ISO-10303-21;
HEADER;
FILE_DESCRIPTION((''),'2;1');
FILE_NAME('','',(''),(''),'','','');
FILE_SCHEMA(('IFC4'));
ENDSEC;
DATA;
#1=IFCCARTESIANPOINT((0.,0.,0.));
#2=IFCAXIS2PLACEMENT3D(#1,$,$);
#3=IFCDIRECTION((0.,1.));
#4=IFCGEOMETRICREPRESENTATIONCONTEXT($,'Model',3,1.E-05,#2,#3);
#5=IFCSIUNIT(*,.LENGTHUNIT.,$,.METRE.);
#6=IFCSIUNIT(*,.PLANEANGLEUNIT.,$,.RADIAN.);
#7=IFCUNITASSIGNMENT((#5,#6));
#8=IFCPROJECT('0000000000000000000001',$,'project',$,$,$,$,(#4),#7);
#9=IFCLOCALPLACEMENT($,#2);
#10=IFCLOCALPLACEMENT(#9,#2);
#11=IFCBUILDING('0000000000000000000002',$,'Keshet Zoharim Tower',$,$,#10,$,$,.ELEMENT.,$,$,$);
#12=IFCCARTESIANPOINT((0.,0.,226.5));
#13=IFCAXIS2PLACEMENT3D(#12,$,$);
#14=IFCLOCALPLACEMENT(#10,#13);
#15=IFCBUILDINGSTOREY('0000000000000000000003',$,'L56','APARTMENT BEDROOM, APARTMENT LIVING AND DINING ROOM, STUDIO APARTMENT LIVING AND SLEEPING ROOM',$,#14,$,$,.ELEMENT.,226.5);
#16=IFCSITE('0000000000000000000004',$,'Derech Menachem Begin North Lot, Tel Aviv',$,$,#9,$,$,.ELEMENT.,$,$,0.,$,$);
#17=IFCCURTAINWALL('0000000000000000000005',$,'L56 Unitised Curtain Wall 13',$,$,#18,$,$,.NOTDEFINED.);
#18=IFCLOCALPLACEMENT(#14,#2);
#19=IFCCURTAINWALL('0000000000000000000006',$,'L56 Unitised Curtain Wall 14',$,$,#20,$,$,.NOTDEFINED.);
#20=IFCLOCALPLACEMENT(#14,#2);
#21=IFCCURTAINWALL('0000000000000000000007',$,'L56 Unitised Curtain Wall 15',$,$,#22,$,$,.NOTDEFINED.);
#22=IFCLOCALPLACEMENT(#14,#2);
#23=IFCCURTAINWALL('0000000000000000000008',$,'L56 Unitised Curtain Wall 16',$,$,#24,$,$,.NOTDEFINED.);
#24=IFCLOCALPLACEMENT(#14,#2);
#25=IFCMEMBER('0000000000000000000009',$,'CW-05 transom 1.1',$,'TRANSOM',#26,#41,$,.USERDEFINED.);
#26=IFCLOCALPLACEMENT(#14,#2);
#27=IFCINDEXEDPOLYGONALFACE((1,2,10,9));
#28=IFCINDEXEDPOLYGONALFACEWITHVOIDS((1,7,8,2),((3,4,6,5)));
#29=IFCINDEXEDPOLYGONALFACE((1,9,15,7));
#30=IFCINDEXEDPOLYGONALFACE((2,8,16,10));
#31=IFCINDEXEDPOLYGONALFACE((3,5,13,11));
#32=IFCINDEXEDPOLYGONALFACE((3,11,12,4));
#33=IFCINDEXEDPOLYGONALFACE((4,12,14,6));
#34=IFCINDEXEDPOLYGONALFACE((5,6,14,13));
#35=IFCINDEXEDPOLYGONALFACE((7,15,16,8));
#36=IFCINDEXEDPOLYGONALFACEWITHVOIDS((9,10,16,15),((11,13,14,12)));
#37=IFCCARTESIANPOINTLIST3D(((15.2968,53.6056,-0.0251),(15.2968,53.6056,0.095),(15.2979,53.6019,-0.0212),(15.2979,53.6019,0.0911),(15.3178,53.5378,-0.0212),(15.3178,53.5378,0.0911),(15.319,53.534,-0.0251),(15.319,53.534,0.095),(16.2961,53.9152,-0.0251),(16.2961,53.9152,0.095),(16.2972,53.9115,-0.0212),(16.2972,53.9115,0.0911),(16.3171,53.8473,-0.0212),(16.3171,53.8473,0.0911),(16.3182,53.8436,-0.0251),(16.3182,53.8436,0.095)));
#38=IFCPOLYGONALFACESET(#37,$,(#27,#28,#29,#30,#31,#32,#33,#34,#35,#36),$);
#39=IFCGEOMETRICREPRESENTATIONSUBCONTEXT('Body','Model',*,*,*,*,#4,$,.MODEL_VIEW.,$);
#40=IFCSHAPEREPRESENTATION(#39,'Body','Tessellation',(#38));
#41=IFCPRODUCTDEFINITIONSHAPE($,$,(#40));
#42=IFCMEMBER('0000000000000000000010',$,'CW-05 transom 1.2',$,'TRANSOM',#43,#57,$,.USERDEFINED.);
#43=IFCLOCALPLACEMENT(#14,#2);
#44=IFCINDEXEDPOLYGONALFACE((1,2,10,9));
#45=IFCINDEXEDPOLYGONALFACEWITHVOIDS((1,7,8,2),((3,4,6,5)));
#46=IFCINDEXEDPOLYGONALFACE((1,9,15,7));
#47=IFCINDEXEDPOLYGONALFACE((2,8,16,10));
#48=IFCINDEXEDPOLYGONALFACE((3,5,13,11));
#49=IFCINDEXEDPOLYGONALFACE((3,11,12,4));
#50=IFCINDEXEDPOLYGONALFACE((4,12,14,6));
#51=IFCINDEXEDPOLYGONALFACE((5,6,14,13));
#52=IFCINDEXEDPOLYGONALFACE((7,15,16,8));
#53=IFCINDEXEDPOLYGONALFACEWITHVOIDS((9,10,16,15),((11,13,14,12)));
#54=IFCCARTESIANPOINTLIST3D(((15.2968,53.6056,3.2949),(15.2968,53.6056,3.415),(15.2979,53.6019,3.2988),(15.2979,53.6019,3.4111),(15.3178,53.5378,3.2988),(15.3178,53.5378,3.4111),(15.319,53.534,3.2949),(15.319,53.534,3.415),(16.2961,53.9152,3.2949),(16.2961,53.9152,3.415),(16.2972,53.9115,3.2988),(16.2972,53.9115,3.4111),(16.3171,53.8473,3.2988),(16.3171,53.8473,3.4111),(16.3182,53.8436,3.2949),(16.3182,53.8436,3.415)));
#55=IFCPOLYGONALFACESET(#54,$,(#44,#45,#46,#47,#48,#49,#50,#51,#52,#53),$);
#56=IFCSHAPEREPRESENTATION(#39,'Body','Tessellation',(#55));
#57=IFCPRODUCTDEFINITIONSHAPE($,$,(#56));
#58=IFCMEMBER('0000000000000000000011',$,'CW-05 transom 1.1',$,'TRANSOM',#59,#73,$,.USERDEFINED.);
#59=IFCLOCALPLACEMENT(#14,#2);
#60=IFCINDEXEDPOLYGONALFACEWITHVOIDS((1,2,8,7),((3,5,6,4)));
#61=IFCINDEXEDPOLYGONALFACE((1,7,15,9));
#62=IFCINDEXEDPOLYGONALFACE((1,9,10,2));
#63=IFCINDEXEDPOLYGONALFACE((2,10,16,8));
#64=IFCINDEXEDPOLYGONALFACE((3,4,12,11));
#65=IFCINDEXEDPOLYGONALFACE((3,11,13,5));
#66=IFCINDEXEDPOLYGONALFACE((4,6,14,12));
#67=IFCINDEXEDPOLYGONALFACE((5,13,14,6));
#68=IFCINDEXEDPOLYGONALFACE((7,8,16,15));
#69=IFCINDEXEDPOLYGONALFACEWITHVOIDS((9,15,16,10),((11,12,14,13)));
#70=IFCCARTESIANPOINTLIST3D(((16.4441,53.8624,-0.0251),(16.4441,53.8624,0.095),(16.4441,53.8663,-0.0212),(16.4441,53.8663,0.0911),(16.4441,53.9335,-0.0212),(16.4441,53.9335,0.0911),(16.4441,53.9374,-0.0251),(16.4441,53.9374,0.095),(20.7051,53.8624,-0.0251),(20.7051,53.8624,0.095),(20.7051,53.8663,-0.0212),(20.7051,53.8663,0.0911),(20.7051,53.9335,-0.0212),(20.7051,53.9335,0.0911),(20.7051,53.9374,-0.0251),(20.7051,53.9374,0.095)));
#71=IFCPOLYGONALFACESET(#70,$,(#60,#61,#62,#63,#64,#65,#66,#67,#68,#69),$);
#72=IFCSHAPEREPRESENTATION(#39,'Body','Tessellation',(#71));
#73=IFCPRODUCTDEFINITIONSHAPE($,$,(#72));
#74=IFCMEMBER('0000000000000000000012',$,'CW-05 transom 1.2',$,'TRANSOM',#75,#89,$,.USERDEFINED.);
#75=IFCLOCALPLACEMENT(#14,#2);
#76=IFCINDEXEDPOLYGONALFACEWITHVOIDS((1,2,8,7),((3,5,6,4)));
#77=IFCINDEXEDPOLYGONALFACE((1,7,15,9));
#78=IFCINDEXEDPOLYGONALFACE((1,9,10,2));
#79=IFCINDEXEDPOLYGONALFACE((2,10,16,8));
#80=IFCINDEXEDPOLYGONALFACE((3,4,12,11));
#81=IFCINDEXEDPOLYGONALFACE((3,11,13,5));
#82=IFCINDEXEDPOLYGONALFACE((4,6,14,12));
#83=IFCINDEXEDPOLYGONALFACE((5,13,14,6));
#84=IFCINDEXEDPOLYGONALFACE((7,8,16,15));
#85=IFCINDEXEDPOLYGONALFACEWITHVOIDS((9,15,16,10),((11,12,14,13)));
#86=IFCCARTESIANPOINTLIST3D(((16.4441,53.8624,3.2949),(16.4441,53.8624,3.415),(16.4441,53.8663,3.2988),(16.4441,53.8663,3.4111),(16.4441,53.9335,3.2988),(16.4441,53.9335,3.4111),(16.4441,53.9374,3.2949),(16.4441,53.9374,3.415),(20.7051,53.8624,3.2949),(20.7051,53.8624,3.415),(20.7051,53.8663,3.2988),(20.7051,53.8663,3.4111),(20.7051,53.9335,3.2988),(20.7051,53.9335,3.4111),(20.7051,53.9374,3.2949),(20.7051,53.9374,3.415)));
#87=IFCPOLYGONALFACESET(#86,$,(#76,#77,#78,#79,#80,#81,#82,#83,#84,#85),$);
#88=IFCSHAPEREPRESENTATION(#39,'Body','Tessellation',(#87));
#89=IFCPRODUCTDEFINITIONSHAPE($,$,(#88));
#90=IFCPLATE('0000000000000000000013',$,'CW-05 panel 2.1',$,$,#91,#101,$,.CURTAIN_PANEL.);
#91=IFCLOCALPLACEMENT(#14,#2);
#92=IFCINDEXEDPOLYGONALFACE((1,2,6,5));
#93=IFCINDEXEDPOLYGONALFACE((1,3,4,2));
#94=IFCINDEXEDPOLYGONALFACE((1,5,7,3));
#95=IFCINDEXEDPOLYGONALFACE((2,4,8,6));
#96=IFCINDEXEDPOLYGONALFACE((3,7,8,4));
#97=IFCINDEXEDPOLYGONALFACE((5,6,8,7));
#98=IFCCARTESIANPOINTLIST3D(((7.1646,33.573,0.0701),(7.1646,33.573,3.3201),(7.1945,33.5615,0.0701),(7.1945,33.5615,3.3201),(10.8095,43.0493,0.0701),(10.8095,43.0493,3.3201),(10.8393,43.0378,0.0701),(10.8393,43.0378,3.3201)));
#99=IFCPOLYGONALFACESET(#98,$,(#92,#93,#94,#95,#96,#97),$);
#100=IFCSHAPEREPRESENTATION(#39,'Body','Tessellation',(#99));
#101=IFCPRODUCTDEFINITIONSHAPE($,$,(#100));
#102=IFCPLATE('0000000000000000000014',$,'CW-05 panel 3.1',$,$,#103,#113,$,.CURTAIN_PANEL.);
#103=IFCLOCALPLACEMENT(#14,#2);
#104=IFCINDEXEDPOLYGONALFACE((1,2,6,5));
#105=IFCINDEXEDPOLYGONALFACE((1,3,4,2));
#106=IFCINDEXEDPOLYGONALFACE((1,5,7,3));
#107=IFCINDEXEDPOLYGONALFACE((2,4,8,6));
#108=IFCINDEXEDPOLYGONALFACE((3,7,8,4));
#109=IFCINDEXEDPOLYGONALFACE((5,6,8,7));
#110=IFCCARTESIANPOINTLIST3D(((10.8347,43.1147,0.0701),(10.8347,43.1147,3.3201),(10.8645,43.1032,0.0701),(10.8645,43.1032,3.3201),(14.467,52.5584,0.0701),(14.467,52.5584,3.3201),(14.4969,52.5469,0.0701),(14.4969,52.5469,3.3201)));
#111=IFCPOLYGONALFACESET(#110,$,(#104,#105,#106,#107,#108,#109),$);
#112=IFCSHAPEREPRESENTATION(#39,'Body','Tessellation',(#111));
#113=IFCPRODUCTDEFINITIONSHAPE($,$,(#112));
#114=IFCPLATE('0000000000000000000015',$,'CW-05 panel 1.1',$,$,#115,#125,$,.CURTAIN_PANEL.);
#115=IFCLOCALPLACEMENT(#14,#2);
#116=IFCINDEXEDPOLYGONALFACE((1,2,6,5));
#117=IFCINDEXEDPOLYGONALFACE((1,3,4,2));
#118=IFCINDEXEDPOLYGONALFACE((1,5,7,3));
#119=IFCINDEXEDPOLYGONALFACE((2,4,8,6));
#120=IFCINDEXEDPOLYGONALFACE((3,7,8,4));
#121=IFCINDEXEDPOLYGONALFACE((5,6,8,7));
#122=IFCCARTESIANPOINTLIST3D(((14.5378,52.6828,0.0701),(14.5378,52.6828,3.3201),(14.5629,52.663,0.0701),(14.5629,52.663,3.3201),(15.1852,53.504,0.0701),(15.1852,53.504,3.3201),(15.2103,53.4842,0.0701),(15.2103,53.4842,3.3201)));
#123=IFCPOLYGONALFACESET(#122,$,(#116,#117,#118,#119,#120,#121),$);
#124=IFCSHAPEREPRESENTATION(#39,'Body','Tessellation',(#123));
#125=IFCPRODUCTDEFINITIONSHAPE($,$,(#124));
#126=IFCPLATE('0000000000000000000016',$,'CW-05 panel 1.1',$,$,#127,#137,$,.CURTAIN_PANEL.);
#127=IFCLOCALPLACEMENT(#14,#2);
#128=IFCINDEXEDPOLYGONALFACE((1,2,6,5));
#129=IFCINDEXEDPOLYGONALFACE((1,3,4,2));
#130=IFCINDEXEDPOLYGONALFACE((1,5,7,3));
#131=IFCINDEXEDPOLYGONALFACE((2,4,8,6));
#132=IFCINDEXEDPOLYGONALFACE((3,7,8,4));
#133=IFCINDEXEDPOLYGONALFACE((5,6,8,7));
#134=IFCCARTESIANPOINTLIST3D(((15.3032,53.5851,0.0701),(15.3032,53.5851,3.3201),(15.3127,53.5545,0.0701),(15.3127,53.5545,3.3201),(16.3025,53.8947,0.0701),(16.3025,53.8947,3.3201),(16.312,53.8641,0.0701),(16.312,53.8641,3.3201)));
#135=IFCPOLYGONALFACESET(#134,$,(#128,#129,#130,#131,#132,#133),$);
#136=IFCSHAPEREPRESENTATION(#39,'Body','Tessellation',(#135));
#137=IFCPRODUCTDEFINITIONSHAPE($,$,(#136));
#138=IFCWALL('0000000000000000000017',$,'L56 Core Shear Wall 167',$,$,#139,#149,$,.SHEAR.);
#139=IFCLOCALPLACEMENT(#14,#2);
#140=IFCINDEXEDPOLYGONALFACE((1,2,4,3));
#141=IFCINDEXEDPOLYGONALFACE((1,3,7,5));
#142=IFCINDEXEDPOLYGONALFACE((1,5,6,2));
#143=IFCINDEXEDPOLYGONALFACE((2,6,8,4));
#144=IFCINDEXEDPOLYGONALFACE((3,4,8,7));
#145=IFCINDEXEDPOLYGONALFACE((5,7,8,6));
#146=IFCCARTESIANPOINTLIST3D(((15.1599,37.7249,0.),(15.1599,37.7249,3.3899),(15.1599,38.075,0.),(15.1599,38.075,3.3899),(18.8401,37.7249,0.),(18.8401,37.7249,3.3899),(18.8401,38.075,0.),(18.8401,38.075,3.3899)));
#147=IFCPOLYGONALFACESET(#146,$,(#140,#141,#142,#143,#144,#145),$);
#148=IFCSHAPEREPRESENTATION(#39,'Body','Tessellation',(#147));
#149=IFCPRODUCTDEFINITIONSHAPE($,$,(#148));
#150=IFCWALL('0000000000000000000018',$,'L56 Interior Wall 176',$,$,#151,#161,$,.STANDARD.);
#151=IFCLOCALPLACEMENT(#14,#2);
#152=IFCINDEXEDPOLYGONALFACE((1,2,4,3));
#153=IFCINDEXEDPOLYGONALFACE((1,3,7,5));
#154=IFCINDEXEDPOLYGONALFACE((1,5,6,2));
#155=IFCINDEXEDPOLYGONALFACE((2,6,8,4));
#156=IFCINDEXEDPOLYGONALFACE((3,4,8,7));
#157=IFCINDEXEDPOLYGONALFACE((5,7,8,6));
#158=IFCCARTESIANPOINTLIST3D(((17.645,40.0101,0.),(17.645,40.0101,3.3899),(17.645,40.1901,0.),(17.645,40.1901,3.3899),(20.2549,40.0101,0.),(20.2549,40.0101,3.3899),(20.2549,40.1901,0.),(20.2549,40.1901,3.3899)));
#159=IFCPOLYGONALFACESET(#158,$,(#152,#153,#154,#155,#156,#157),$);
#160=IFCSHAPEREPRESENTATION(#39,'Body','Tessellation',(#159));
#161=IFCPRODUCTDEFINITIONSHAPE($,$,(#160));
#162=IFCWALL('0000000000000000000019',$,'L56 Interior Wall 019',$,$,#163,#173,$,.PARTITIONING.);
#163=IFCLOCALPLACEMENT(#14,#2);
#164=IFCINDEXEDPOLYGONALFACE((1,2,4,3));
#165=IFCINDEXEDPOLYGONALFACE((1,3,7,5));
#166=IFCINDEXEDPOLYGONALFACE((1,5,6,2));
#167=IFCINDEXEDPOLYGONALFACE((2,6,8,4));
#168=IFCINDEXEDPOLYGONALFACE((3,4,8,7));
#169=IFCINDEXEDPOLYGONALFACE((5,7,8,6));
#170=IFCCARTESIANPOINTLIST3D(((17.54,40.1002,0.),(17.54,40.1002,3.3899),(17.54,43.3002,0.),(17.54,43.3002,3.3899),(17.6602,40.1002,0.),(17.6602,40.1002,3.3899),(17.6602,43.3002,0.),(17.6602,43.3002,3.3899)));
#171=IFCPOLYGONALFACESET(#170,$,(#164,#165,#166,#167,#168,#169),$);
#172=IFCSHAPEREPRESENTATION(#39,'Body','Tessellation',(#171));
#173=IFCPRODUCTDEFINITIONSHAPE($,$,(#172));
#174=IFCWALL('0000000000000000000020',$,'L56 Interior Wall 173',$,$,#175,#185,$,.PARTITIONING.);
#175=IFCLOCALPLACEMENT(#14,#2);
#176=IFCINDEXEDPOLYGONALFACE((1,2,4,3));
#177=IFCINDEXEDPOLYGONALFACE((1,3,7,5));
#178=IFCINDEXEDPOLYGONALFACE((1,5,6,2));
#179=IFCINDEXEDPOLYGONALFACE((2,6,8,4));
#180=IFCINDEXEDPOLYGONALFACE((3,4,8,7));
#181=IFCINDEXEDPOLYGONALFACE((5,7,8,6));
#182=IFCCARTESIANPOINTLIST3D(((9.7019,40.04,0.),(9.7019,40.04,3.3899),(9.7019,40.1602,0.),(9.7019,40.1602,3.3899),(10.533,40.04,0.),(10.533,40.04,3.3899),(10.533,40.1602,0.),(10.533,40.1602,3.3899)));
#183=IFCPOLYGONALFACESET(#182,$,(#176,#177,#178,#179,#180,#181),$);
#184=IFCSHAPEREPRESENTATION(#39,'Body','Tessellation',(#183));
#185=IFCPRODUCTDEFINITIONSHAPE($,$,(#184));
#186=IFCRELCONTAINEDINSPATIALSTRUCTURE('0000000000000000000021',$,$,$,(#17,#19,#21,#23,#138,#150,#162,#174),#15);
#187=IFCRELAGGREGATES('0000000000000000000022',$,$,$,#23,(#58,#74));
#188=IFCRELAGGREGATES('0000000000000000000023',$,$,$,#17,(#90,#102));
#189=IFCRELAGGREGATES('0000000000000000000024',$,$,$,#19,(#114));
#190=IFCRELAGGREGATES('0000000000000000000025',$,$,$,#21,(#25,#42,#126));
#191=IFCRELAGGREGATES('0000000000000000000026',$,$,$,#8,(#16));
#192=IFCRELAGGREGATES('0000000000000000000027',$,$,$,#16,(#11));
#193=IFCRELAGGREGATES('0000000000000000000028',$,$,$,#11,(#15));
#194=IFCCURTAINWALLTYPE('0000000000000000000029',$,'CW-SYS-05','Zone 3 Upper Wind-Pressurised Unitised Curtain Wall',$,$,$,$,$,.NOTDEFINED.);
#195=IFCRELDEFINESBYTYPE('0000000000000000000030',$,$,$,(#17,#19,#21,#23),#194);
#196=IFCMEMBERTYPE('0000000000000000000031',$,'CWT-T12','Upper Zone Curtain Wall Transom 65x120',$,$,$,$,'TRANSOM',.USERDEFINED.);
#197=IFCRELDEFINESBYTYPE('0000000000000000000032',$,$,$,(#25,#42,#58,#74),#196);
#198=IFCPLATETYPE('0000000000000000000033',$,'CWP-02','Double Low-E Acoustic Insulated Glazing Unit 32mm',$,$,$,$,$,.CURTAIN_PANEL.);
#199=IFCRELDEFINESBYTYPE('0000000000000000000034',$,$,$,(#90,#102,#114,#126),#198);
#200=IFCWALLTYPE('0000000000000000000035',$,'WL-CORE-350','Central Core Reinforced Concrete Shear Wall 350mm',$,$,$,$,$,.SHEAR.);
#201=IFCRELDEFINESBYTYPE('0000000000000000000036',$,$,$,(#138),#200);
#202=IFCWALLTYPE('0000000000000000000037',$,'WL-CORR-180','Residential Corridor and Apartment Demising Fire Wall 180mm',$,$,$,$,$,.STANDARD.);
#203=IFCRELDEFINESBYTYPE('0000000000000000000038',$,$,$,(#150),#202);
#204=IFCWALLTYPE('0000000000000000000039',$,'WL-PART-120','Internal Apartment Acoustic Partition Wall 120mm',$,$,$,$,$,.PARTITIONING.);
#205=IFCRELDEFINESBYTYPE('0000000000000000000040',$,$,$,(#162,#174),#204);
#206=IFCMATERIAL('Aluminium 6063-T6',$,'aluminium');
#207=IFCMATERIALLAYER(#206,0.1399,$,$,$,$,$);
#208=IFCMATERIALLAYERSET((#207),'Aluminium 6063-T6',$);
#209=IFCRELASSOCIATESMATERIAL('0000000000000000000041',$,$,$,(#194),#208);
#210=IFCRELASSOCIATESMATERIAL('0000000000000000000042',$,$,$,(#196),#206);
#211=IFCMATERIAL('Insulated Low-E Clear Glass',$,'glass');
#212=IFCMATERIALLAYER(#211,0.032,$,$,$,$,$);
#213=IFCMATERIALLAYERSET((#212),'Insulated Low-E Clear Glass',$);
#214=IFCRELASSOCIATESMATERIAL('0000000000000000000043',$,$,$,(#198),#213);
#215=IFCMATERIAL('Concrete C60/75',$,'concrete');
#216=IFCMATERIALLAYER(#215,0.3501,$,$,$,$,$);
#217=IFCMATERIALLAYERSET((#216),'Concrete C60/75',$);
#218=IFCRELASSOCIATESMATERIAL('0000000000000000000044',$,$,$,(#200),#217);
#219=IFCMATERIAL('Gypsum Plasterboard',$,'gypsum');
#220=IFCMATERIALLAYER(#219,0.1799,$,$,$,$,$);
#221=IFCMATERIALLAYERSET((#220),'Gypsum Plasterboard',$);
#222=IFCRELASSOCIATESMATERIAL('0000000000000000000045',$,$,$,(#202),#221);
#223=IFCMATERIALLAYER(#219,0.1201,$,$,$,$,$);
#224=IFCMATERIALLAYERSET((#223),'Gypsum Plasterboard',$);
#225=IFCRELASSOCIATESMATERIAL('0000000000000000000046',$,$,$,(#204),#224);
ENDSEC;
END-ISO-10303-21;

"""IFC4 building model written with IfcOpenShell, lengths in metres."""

from ifc_helpers import new_model, si_unit, direction, frame, frame_2d, origin, origin_2d, place, context, subcontext, project, spatial, rectangle, hollow_rectangle, extrude, material, layer, layer_set, material_profile, profile_set, type_object, element, aggregate, save


model = new_model("IFC4")

# Units and contexts
model_context = context("Model", 3, precision=1e-05, world=origin(), true_north=direction((0.0, 1.0)))
body_context = subcontext(model_context, "Body", "Model", "MODEL_VIEW")
ifc_project = project(units=[si_unit("LENGTHUNIT", "METRE"), si_unit("PLANEANGLEUNIT", "RADIAN")], contexts=[model_context])

# Site, building, storey
site_placement = place(None, origin())
site = spatial("IfcSite", under=ifc_project, at=site_placement, Name="Derech Menachem Begin North Lot, Tel Aviv", CompositionType="ELEMENT", RefElevation=0.0)
building_placement = place(site_placement, origin())
building = spatial("IfcBuilding", under=site, at=building_placement, Name="Keshet Zoharim Tower", CompositionType="ELEMENT")
storey_placement = place(building_placement, frame((0.0, 0.0, 226.5)))
storey = spatial("IfcBuildingStorey", under=building, at=storey_placement, Name="L56", Description="APARTMENT BEDROOM, APARTMENT LIVING AND DINING ROOM, STUDIO APARTMENT LIVING AND SLEEPING ROOM", CompositionType="ELEMENT", Elevation=226.5)

# Curtain walls
ifc_material_1 = material(Name="Aluminium 6063-T6", Category="aluminium")
ifc_layer_1 = layer(ifc_material_1, 0.1399)
ifc_layer_set_1 = layer_set([ifc_layer_1], Name="Aluminium 6063-T6")
curtain_wall_type = type_object("IfcCurtainWallType", Name="CW-SYS-05", Description="Zone 3 Upper Wind-Pressurised Unitised Curtain Wall", PredefinedType="NOTDEFINED", material=ifc_layer_set_1)
curtain_wall_1_placement = place(storey_placement, origin())
curtain_wall_1 = element("IfcCurtainWall", 1, at=curtain_wall_1_placement, inside=storey, type_object=curtain_wall_type, Name="L56 Unitised Curtain Wall 13", PredefinedType="NOTDEFINED")
curtain_wall_2_placement = place(storey_placement, origin())
curtain_wall_2 = element("IfcCurtainWall", 2, at=curtain_wall_2_placement, inside=storey, type_object=curtain_wall_type, Name="L56 Unitised Curtain Wall 14", PredefinedType="NOTDEFINED")
curtain_wall_3_placement = place(storey_placement, origin())
curtain_wall_3 = element("IfcCurtainWall", 3, at=curtain_wall_3_placement, inside=storey, type_object=curtain_wall_type, Name="L56 Unitised Curtain Wall 15", PredefinedType="NOTDEFINED")

# Curtain wall
curtain_wall_4_placement = place(storey_placement, origin())
curtain_wall_4 = element("IfcCurtainWall", 4, at=curtain_wall_4_placement, inside=storey, type_object=curtain_wall_type, Name="L56 Unitised Curtain Wall 16", PredefinedType="NOTDEFINED")

# Members
ifc_material_profile_1 = material_profile(ifc_material_1, hollow_rectangle(XDim=0.075, YDim=0.1201, WallThickness=0.0039, at=origin_2d()), Name="TRN-75x120")
ifc_profile_set_1 = profile_set([ifc_material_profile_1], Name="Aluminium 6063-T6")
member_type_1 = type_object("IfcMemberType", Name="CWT-T12", Description="Upper Zone Curtain Wall Transom 65x120", ElementType="TRANSOM", PredefinedType="USERDEFINED", material=ifc_profile_set_1)
member_1_placement = place(storey_placement, frame((15.3079, 53.5698, 0.0349), z_axis=(0.955212, 0.295922, 0.0), x_axis=(-0.295922, 0.955212, 0.0)))
member_1 = element("IfcMember", 5, at=member_1_placement, type_object=member_type_1, Name="CW-05 transom 1.1", ObjectType="TRANSOM", PredefinedType="USERDEFINED", context=body_context, shape_type="SweptSolid", body=[
    extrude(hollow_rectangle(XDim=0.075, YDim=0.1201, WallThickness=0.0039, at=origin_2d()), origin(), (0.0, 0.0, 1.0), 1.0461),
])
member_2_placement = place(storey_placement, frame((15.3079, 53.5698, 3.355), z_axis=(0.955212, 0.295922, 0.0), x_axis=(-0.295922, 0.955212, 0.0)))
member_2 = element("IfcMember", 6, at=member_2_placement, type_object=member_type_1, Name="CW-05 transom 1.2", ObjectType="TRANSOM", PredefinedType="USERDEFINED", context=body_context, shape_type="SweptSolid", body=[
    extrude(hollow_rectangle(XDim=0.075, YDim=0.1201, WallThickness=0.0039, at=origin_2d()), origin(), (0.0, 0.0, 1.0), 1.0461),
])
member_3_placement = place(storey_placement, frame((16.4441, 53.8999, 0.0349), z_axis=(1.0, 0.0, 0.0), x_axis=(0.0, 1.0, 0.0)))
member_3 = element("IfcMember", 7, at=member_3_placement, type_object=member_type_1, Name="CW-05 transom 1.1", ObjectType="TRANSOM", PredefinedType="USERDEFINED", context=body_context, shape_type="SweptSolid", body=[
    extrude(hollow_rectangle(XDim=0.075, YDim=0.1201, WallThickness=0.0039, at=origin_2d()), origin(), (0.0, 0.0, 1.0), 4.261),
])
member_4_placement = place(storey_placement, frame((16.4441, 53.8999, 3.355), z_axis=(1.0, 0.0, 0.0), x_axis=(0.0, 1.0, 0.0)))
member_4 = element("IfcMember", 8, at=member_4_placement, type_object=member_type_1, Name="CW-05 transom 1.2", ObjectType="TRANSOM", PredefinedType="USERDEFINED", context=body_context, shape_type="SweptSolid", body=[
    extrude(hollow_rectangle(XDim=0.075, YDim=0.1201, WallThickness=0.0039, at=origin_2d()), origin(), (0.0, 0.0, 1.0), 4.261),
])
aggregate(curtain_wall_4, [member_3, member_4])

# Plates
ifc_material_2 = material(Name="Insulated Low-E Clear Glass", Category="glass")
ifc_layer_2 = layer(ifc_material_2, 0.032)
ifc_layer_set_2 = layer_set([ifc_layer_2], Name="Insulated Low-E Clear Glass")
plate_type = type_object("IfcPlateType", Name="CWP-02", Description="Double Low-E Acoustic Insulated Glazing Unit 32mm", PredefinedType="CURTAIN_PANEL", material=ifc_layer_set_2)
plate_1_placement = place(storey_placement, frame((9.002, 38.3054, 0.0701), z_axis=(0.0, 0.0, 1.0), x_axis=(0.35899, 0.933341, 0.0)))
plate_1 = element("IfcPlate", 9, at=plate_1_placement, type_object=plate_type, Name="CW-05 panel 2.1", PredefinedType="CURTAIN_PANEL", context=body_context, shape_type="SweptSolid", body=[
    extrude(rectangle(XDim=10.1531, YDim=0.032, at=origin_2d()), origin(), (0.0, 0.0, 1.0), 3.25),
])
plate_2_placement = place(storey_placement, frame((12.6658, 47.8308, 0.0701), z_axis=(0.0, 0.0, 1.0), x_axis=(0.35899, 0.933341, 0.0)))
plate_2 = element("IfcPlate", 10, at=plate_2_placement, type_object=plate_type, Name="CW-05 panel 3.1", PredefinedType="CURTAIN_PANEL", context=body_context, shape_type="SweptSolid", body=[
    extrude(rectangle(XDim=10.1182, YDim=0.032, at=origin_2d()), origin(), (0.0, 0.0, 1.0), 3.25),
])
aggregate(curtain_wall_1, [plate_1, plate_2])
plate_3_placement = place(storey_placement, frame((14.874, 53.0835, 0.0701), z_axis=(0.0, 0.0, 1.0), x_axis=(0.619125, 0.785293, 0.0)))
plate_3 = element("IfcPlate", 11, at=plate_3_placement, type_object=plate_type, Name="CW-05 panel 1.1", PredefinedType="CURTAIN_PANEL", context=body_context, shape_type="SweptSolid", body=[
    extrude(rectangle(XDim=1.0457, YDim=0.032, at=origin_2d()), origin(), (0.0, 0.0, 1.0), 3.25),
])
aggregate(curtain_wall_2, [plate_3])
plate_4_placement = place(storey_placement, frame((15.8076, 53.7246, 0.0701), z_axis=(0.0, 0.0, 1.0), x_axis=(0.955212, 0.295922, 0.0)))
plate_4 = element("IfcPlate", 12, at=plate_4_placement, type_object=plate_type, Name="CW-05 panel 1.1", PredefinedType="CURTAIN_PANEL", context=body_context, shape_type="SweptSolid", body=[
    extrude(rectangle(XDim=1.0461, YDim=0.032, at=origin_2d()), origin(), (0.0, 0.0, 1.0), 3.25),
])
aggregate(curtain_wall_3, [member_1, member_2, plate_4])

# Wall
ifc_material_3 = material(Name="Concrete C60/75", Category="concrete")
ifc_layer_3 = layer(ifc_material_3, 0.3501)
ifc_layer_set_3 = layer_set([ifc_layer_3], Name="Concrete C60/75")
wall_type_1 = type_object("IfcWallType", Name="WL-CORE-350", Description="Central Core Reinforced Concrete Shear Wall 350mm", PredefinedType="SHEAR", material=ifc_layer_set_3)
wall_1_placement = place(storey_placement, frame((15.1599, 37.8999, 0.0), z_axis=(0.0, 0.0, 1.0), x_axis=(1.0, 0.0, 0.0)))
element("IfcWall", 13, at=wall_1_placement, inside=storey, type_object=wall_type_1, Name="L56 Core Shear Wall 167", PredefinedType="SHEAR", context=body_context, shape_type="SweptSolid", body=[
    extrude(rectangle(XDim=3.6802, YDim=0.3501, at=frame_2d((1.8401, 0.0))), origin(), (0.0, 0.0, 1.0), 3.3899),
])

# Shared definitions
ifc_material_4 = material(Name="Gypsum Plasterboard", Category="gypsum")
ifc_layer_4 = layer(ifc_material_4, 0.1799)
ifc_layer_set_4 = layer_set([ifc_layer_4], Name="Gypsum Plasterboard")
wall_type_2 = type_object("IfcWallType", Name="WL-CORR-180", Description="Residential Corridor and Apartment Demising Fire Wall 180mm", PredefinedType="STANDARD", material=ifc_layer_set_4)

# Walls
wall_2_placement = place(storey_placement, frame((17.645, 40.1001, 0.0), z_axis=(0.0, 0.0, 1.0), x_axis=(1.0, 0.0, 0.0)))
element("IfcWall", 14, at=wall_2_placement, inside=storey, type_object=wall_type_2, Name="L56 Interior Wall 176", PredefinedType="STANDARD", context=body_context, shape_type="SweptSolid", body=[
    extrude(rectangle(XDim=2.6099, YDim=0.1799, at=frame_2d((1.3049, 0.0))), origin(), (0.0, 0.0, 1.0), 3.3899),
])
ifc_layer_5 = layer(ifc_material_4, 0.1201)
ifc_layer_set_5 = layer_set([ifc_layer_5], Name="Gypsum Plasterboard")
wall_type_3 = type_object("IfcWallType", Name="WL-PART-120", Description="Internal Apartment Acoustic Partition Wall 120mm", PredefinedType="PARTITIONING", material=ifc_layer_set_5)
wall_3_placement = place(storey_placement, frame((17.6001, 40.1001, 0.0), z_axis=(0.0, 0.0, 1.0), x_axis=(0.0, 1.0, 0.0)))
element("IfcWall", 15, at=wall_3_placement, inside=storey, type_object=wall_type_3, Name="L56 Interior Wall 019", PredefinedType="PARTITIONING", context=body_context, shape_type="SweptSolid", body=[
    extrude(rectangle(XDim=3.2, YDim=0.1201, at=frame_2d((1.6001, 0.0))), origin(), (0.0, 0.0, 1.0), 3.3899),
])
wall_4_placement = place(storey_placement, frame((9.7019, 40.1001, 0.0), z_axis=(0.0, 0.0, 1.0), x_axis=(1.0, 0.0, 0.0)))
element("IfcWall", 16, at=wall_4_placement, inside=storey, type_object=wall_type_3, Name="L56 Interior Wall 173", PredefinedType="PARTITIONING", context=body_context, shape_type="SweptSolid", body=[
    extrude(rectangle(XDim=0.8311, YDim=0.1201, at=frame_2d((0.4155, 0.0))), origin(), (0.0, 0.0, 1.0), 3.3899),
])

save(model, "model.ifc")
